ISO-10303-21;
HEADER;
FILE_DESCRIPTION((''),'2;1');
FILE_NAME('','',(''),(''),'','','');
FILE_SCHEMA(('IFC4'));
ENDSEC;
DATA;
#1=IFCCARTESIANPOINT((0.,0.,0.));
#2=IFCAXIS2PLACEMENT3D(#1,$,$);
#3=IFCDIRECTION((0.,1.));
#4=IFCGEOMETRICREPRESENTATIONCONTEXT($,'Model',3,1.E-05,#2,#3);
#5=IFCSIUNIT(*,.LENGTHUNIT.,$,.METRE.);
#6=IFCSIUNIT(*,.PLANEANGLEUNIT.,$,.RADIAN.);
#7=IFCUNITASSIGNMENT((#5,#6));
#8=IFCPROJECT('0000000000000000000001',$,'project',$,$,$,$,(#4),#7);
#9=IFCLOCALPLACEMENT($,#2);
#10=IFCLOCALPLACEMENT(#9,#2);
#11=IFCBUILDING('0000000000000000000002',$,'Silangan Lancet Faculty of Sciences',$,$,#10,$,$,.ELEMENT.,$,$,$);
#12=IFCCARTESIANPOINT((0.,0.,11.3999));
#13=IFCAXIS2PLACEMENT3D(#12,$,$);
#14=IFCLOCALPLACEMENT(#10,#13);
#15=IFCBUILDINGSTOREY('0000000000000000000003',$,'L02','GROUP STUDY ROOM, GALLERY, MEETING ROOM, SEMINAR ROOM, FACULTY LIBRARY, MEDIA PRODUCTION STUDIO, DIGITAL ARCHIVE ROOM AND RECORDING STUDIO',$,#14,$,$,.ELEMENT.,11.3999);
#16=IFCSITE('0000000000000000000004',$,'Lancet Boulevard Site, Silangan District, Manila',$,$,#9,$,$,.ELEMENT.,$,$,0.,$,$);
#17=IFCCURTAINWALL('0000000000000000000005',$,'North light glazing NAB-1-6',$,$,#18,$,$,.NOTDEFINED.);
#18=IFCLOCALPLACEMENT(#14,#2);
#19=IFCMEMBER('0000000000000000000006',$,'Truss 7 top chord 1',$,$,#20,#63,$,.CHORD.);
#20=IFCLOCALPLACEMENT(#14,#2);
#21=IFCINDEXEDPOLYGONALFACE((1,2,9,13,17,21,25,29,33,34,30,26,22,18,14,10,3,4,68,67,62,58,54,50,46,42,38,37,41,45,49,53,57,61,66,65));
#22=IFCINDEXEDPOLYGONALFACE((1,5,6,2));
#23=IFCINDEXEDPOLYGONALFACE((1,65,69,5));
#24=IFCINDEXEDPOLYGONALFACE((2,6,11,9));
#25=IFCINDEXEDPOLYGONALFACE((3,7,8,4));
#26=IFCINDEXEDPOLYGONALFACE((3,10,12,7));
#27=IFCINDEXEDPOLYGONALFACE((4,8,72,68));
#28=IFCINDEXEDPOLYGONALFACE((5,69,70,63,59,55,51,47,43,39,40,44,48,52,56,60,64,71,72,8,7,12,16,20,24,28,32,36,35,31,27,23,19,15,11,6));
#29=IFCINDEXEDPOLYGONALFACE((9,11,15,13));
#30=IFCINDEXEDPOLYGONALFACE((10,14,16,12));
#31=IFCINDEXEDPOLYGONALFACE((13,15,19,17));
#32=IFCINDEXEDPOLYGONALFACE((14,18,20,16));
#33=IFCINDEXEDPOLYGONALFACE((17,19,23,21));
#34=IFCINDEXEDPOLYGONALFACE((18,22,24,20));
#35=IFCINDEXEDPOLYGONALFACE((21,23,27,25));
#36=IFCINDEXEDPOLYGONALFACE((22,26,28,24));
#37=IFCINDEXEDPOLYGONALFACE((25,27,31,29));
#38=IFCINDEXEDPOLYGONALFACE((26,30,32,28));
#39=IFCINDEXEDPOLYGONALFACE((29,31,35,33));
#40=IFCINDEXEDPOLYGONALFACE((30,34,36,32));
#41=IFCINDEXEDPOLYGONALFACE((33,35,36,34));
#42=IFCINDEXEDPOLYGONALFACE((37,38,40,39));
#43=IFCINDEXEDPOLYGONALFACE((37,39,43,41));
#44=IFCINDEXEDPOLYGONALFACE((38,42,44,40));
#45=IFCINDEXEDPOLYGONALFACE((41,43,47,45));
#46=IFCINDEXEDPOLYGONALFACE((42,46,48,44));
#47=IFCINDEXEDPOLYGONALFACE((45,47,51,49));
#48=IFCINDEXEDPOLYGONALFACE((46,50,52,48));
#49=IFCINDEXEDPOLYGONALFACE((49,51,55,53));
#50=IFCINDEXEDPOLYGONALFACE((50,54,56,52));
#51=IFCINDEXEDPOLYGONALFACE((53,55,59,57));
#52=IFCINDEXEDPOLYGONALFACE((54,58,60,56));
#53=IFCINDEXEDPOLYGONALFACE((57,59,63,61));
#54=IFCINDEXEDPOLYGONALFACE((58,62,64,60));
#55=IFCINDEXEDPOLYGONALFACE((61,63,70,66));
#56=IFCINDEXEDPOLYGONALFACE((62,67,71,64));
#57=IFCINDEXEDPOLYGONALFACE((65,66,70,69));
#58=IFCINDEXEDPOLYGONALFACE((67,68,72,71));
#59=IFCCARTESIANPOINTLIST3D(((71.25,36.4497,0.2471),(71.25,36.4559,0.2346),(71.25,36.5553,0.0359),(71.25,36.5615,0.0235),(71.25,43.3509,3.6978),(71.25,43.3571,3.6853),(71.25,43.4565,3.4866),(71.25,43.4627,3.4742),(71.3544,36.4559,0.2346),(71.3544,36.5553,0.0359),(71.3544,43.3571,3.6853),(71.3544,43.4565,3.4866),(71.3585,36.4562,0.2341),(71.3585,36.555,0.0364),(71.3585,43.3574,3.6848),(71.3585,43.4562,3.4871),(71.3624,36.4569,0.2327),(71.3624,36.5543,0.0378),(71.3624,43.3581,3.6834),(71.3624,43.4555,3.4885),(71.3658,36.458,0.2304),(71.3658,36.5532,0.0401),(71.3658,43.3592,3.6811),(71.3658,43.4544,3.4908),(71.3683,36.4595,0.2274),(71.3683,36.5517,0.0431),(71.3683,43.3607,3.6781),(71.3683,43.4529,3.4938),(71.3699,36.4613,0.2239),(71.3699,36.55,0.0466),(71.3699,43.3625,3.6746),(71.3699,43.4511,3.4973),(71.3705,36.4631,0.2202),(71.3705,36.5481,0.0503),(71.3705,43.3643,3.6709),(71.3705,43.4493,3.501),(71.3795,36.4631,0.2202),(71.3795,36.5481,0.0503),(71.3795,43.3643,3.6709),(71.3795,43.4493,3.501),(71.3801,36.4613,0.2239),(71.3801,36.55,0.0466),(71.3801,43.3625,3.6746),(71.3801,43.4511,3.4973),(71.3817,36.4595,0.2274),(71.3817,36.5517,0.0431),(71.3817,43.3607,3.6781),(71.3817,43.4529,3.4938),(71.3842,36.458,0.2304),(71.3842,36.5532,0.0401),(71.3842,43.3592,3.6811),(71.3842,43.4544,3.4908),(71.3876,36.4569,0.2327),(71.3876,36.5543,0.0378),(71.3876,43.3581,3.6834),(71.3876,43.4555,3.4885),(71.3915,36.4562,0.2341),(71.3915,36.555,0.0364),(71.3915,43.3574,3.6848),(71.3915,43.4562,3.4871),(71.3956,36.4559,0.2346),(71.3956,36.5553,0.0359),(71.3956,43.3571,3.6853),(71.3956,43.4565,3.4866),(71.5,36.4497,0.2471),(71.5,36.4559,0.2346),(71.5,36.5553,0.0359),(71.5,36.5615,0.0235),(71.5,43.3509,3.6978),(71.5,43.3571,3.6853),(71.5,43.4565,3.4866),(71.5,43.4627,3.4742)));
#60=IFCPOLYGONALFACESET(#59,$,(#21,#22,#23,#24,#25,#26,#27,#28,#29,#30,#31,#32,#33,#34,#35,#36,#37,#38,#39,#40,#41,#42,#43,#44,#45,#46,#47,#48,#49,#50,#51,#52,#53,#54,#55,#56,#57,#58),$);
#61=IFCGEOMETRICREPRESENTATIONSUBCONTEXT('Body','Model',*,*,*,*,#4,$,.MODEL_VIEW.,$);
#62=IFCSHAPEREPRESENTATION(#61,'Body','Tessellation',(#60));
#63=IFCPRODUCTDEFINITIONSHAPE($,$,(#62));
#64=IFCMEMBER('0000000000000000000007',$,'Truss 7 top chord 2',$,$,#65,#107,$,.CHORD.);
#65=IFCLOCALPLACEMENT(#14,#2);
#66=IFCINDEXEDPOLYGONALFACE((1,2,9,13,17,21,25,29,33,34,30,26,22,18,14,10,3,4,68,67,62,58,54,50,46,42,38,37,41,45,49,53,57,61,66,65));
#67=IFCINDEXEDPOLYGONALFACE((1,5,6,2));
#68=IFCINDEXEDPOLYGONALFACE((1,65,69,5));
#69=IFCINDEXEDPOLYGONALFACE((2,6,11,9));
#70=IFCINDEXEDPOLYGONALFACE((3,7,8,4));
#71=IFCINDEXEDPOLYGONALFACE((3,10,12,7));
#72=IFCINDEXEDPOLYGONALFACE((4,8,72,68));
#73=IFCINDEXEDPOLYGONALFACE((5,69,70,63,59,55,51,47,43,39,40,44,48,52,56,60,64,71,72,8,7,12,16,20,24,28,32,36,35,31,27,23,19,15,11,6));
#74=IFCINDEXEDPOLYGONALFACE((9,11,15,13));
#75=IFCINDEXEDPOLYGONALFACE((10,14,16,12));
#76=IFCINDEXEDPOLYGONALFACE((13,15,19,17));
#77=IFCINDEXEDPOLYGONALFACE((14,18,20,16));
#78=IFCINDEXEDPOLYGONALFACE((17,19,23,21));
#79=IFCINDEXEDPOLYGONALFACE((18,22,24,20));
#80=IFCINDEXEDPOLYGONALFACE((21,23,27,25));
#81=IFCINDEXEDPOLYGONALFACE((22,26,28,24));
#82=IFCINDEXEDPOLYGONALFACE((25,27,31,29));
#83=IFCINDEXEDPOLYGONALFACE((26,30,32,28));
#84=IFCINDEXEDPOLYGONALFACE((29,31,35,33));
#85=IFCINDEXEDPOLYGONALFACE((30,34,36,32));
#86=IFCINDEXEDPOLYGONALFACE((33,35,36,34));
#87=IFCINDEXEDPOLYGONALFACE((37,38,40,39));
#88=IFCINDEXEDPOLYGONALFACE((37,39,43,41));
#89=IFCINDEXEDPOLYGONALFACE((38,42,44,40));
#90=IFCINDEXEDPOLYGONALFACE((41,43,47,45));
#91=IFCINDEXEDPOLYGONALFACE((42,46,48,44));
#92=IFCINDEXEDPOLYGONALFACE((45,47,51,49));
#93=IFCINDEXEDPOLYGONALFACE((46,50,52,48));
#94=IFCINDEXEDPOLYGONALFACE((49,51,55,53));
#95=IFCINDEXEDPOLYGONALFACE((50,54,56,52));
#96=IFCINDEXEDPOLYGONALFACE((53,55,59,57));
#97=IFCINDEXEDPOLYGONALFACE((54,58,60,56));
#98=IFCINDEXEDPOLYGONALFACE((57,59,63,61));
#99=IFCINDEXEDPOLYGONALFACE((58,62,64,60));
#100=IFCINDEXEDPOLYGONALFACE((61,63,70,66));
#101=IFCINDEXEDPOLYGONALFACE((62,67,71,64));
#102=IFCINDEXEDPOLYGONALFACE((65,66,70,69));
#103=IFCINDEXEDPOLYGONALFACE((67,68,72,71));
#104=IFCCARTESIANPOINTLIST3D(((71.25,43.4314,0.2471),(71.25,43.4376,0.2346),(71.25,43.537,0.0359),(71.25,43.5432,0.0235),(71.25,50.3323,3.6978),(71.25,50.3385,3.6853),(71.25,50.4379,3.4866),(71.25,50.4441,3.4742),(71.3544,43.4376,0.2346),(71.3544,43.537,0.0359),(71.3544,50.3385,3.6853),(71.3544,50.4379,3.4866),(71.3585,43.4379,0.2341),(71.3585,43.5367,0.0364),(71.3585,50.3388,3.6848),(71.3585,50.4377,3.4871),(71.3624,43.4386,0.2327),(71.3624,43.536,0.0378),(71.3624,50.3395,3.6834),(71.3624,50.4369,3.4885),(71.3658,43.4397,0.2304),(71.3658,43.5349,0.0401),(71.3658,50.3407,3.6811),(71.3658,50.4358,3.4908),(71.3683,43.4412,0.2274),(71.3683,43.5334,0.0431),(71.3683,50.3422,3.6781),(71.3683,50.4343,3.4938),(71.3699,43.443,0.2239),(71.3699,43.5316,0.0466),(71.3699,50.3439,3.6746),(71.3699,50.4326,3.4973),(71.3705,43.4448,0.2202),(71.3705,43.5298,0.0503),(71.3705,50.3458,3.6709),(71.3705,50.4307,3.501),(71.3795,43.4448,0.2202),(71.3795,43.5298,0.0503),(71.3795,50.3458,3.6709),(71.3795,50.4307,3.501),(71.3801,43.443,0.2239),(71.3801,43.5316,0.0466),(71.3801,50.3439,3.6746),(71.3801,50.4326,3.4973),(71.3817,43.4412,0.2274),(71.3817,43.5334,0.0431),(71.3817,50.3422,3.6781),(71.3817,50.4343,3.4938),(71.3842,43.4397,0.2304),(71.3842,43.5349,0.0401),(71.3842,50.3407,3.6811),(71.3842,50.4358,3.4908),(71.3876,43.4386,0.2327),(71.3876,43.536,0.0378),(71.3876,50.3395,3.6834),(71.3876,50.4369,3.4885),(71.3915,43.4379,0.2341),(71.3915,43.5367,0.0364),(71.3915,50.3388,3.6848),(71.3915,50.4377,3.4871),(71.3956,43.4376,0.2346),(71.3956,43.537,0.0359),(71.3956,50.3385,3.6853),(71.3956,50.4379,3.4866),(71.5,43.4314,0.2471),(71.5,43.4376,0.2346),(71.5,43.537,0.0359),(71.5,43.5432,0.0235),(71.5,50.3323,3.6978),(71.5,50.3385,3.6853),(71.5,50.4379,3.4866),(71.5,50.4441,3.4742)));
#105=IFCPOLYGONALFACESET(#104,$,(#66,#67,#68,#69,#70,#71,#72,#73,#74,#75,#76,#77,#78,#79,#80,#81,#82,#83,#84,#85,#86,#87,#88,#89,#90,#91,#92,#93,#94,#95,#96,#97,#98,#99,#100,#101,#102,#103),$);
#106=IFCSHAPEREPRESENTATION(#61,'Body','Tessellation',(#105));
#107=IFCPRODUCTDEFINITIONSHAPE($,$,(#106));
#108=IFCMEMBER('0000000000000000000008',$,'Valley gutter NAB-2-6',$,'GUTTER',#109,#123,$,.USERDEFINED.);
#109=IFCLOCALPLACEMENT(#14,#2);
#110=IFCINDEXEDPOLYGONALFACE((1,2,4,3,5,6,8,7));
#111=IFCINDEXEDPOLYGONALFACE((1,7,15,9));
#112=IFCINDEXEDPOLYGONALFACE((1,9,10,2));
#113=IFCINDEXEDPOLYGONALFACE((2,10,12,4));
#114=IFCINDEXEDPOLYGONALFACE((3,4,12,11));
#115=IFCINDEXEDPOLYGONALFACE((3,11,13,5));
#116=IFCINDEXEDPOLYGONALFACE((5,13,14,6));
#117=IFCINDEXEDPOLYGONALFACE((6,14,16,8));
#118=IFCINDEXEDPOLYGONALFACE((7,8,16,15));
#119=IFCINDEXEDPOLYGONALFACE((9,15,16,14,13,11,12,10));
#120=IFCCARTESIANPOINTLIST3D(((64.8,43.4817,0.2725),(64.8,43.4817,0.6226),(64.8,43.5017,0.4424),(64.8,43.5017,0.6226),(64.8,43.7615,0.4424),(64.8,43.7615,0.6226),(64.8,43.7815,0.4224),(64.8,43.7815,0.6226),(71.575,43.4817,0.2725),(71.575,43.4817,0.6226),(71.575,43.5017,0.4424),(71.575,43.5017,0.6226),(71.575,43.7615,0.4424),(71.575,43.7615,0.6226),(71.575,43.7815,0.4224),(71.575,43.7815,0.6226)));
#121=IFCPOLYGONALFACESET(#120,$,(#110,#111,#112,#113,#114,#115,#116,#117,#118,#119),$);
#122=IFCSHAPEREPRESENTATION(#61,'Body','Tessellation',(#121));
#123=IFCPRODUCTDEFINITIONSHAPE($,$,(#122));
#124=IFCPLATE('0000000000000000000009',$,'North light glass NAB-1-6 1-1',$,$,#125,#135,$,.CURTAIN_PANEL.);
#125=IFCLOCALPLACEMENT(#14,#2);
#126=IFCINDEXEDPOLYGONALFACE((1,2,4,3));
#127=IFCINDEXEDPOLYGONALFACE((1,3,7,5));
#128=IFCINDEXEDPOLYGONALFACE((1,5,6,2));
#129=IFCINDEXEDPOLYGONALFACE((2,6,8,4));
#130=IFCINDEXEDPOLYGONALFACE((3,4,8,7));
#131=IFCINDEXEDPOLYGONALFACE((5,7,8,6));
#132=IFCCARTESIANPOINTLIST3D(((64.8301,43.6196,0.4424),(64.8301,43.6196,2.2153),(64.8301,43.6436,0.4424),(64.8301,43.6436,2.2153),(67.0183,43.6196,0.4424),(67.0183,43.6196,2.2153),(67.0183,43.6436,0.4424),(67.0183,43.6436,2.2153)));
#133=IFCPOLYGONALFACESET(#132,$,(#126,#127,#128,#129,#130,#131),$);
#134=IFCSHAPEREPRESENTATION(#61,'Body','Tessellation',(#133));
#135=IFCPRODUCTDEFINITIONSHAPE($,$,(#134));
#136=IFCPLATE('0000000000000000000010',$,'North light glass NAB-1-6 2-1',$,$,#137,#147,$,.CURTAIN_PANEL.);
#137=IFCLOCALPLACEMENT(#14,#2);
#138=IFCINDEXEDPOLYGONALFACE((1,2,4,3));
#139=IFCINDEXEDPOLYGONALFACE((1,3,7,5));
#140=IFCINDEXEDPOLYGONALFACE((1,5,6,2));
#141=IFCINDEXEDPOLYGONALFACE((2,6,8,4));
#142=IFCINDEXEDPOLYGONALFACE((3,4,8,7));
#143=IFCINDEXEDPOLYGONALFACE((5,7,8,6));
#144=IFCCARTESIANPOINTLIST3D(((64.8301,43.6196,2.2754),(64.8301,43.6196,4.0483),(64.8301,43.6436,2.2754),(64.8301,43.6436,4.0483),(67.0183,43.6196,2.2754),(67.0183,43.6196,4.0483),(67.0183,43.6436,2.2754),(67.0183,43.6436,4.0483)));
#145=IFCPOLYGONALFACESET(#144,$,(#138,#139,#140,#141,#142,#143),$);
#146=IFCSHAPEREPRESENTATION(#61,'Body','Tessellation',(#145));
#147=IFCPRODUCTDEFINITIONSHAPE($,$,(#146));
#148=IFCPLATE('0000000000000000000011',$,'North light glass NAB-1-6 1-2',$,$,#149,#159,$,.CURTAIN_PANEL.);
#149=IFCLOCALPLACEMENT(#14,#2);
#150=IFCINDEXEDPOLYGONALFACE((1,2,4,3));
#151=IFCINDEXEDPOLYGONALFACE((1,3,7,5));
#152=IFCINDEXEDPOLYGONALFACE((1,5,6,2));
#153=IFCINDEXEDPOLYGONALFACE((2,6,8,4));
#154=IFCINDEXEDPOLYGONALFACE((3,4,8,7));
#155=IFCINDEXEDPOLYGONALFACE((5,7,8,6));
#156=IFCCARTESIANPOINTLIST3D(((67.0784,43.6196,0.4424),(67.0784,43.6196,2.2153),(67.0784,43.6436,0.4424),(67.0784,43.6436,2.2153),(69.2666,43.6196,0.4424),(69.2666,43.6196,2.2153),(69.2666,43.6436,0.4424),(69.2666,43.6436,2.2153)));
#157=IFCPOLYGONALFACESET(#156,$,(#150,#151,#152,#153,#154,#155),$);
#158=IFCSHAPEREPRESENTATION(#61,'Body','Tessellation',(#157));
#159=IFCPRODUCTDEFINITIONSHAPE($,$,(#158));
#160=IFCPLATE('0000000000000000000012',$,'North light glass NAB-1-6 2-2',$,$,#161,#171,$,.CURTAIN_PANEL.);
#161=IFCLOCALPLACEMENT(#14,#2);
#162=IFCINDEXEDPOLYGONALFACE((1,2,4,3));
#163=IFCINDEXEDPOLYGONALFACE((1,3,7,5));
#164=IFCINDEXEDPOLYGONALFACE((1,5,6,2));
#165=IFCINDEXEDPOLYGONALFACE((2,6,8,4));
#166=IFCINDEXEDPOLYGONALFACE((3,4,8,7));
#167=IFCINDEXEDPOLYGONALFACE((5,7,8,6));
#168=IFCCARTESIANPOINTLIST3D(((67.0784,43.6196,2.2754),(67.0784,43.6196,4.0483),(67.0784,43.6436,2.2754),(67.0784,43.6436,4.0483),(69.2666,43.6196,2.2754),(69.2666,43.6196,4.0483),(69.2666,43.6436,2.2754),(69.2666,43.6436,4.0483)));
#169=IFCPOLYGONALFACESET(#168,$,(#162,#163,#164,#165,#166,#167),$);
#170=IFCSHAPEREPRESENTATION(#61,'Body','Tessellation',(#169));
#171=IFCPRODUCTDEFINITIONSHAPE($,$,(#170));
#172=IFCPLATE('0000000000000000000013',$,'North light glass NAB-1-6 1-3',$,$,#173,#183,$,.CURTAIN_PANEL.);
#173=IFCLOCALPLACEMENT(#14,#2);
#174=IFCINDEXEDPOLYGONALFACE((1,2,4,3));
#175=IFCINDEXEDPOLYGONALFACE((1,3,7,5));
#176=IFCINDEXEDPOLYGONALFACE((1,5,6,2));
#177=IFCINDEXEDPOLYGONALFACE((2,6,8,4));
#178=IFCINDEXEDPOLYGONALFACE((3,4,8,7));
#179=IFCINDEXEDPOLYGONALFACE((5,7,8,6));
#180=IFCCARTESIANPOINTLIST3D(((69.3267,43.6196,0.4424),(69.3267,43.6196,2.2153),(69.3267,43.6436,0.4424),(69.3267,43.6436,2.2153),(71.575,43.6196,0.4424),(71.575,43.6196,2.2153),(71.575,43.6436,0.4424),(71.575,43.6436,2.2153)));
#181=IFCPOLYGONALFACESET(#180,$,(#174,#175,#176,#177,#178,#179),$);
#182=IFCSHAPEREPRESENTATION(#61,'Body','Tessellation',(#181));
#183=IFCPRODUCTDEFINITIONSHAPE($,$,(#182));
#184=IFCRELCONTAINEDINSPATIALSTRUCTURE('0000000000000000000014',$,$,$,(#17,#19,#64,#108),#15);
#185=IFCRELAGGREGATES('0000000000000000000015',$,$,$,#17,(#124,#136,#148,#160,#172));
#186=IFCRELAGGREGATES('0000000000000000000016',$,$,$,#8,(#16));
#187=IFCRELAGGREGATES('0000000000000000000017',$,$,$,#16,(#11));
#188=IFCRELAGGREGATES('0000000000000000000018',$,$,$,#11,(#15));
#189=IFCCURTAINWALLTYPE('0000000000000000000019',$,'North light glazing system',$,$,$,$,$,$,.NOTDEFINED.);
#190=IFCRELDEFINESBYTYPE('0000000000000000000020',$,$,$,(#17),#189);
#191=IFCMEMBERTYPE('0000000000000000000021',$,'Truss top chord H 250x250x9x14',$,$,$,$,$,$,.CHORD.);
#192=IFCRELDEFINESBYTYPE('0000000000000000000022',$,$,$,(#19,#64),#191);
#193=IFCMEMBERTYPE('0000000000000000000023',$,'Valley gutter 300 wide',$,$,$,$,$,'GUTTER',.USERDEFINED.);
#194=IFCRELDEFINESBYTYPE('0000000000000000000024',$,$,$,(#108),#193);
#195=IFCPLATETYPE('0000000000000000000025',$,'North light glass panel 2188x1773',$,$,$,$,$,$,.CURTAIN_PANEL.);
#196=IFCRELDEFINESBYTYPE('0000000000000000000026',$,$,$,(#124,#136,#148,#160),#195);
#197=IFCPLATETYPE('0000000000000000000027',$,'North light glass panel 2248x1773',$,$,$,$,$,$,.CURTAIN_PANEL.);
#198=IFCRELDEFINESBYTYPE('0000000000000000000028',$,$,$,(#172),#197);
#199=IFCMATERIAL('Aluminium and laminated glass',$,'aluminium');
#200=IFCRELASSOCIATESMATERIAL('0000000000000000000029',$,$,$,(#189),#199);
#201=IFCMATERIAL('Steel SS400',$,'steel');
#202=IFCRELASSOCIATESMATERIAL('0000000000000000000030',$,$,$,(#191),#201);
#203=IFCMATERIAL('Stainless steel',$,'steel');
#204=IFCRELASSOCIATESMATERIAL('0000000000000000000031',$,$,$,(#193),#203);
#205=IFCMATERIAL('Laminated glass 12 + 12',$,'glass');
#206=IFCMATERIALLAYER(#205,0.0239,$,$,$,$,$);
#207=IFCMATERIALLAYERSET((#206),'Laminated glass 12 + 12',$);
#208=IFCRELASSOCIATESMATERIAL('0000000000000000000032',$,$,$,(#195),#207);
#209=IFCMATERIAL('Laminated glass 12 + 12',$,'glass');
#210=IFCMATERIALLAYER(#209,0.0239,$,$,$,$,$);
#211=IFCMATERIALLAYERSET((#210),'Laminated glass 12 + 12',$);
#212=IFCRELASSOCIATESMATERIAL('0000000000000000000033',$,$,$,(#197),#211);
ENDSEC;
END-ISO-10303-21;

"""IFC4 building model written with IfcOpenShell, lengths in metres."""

from ifc_helpers import new_model, si_unit, direction, frame, origin, origin_2d, place, context, subcontext, project, spatial, polyline, i_section, outline, extrude, material, layer, layer_set, material_profile, profile_set, type_object, element, aggregate, save


model = new_model("IFC4")

# Units and contexts
model_context = context("Model", 3, precision=1e-05, world=origin(), true_north=direction((0.0, 1.0)))
body_context = subcontext(model_context, "Body", "Model", "MODEL_VIEW")
ifc_project = project(units=[si_unit("LENGTHUNIT", "METRE"), si_unit("PLANEANGLEUNIT", "RADIAN")], contexts=[model_context])

# Site, building, storey
site_placement = place(None, origin())
site = spatial("IfcSite", under=ifc_project, at=site_placement, Name="Lancet Boulevard Site, Silangan District, Manila", CompositionType="ELEMENT", RefElevation=0.0)
building_placement = place(site_placement, origin())
building = spatial("IfcBuilding", under=site, at=building_placement, Name="Silangan Lancet Faculty of Sciences", CompositionType="ELEMENT")
storey_placement = place(building_placement, frame((0.0, 0.0, 11.3999)))
storey = spatial("IfcBuildingStorey", under=building, at=storey_placement, Name="L02", Description="GROUP STUDY ROOM, GALLERY, MEETING ROOM, SEMINAR ROOM, FACULTY LIBRARY, MEDIA PRODUCTION STUDIO, DIGITAL ARCHIVE ROOM AND RECORDING STUDIO", CompositionType="ELEMENT", Elevation=11.3999)

# Curtain wall
ifc_material_1 = material(Name="Aluminium and laminated glass", Category="aluminium")
curtain_wall_type = type_object("IfcCurtainWallType", Name="North light glazing system", PredefinedType="NOTDEFINED", material=ifc_material_1)
curtain_wall_placement = place(storey_placement, origin())
curtain_wall = element("IfcCurtainWall", 1, at=curtain_wall_placement, inside=storey, type_object=curtain_wall_type, Name="North light glazing NAB-1-6", PredefinedType="NOTDEFINED")

# Members
ifc_material_2 = material(Name="Steel SS400", Category="steel")
ifc_material_profile_1 = material_profile(ifc_material_2, i_section(OverallWidth=0.25, OverallDepth=0.25, WebThickness=0.009, FlangeThickness=0.0139, FilletRadius=0.0161, at=origin_2d()), Name="H 250x250x9x14")
ifc_profile_set_1 = profile_set([ifc_material_profile_1], Name="Steel SS400")
member_type_1 = type_object("IfcMemberType", Name="Truss top chord H 250x250x9x14", PredefinedType="CHORD", material=ifc_profile_set_1)
member_1_placement = place(storey_placement, frame((71.375, 36.5056, 0.1353), z_axis=(0.0, 0.894421, 0.447226), x_axis=(-1.0, 0.0, 0.0)))
element("IfcMember", 2, at=member_1_placement, inside=storey, type_object=member_type_1, Name="Truss 7 top chord 1", PredefinedType="CHORD", context=body_context, shape_type="SweptSolid", body=[
    extrude(i_section(OverallWidth=0.25, OverallDepth=0.25, WebThickness=0.009, FlangeThickness=0.0139, FilletRadius=0.0161, at=origin_2d()), origin(), (0.0, 0.0, 1.0), 7.7158),
])
member_2_placement = place(storey_placement, frame((71.375, 43.4873, 0.1353), z_axis=(0.0, 0.894415, 0.447239), x_axis=(-1.0, 0.0, 0.0)))
element("IfcMember", 3, at=member_2_placement, inside=storey, type_object=member_type_1, Name="Truss 7 top chord 2", PredefinedType="CHORD", context=body_context, shape_type="SweptSolid", body=[
    extrude(i_section(OverallWidth=0.25, OverallDepth=0.25, WebThickness=0.009, FlangeThickness=0.0139, FilletRadius=0.0161, at=origin_2d()), origin(), (0.0, 0.0, 1.0), 7.7156),
])
ifc_material_3 = material(Name="Stainless steel", Category="steel")
ifc_material_profile_2 = material_profile(ifc_material_3, outline(polyline([(-0.1499, 0.0), (0.1499, 0.1499), (0.1499, 0.3501), (0.1299, 0.3501), (0.1299, 0.1699), (-0.1299, 0.1699), (-0.1299, 0.3501), (-0.1499, 0.3501), (-0.1499, 0.0)])), Name="valley gutter")
ifc_profile_set_2 = profile_set([ifc_material_profile_2], Name="Stainless steel")
member_type_2 = type_object("IfcMemberType", Name="Valley gutter 300 wide", ElementType="GUTTER", PredefinedType="USERDEFINED", material=ifc_profile_set_2)
member_3_placement = place(storey_placement, frame((64.8, 43.6316, 0.2725), z_axis=(1.0, 0.0, 0.0), x_axis=(0.0, 1.0, 0.0)))
element("IfcMember", 4, at=member_3_placement, inside=storey, type_object=member_type_2, Name="Valley gutter NAB-2-6", ObjectType="GUTTER", PredefinedType="USERDEFINED", context=body_context, shape_type="SweptSolid", body=[
    extrude(outline(polyline([(-0.1499, 0.0), (0.1499, 0.1499), (0.1499, 0.3501), (0.1299, 0.3501), (0.1299, 0.1699), (-0.1299, 0.1699), (-0.1299, 0.3501), (-0.1499, 0.3501), (-0.1499, 0.0)])), origin(), (0.0, 0.0, 1.0), 6.7749),
])

# Plates
ifc_material_4 = material(Name="Laminated glass 12 + 12", Category="glass")
ifc_layer_1 = layer(ifc_material_4, 0.0239)
ifc_layer_set_1 = layer_set([ifc_layer_1], Name="Laminated glass 12 + 12")
plate_type_1 = type_object("IfcPlateType", Name="North light glass panel 2188x1773", PredefinedType="CURTAIN_PANEL", material=ifc_layer_set_1)
plate_1_placement = place(storey_placement, frame((64.8301, 43.6196, 0.4424), z_axis=(0.0, -1.0, 0.0), x_axis=(1.0, 0.0, 0.0)))
plate_1 = element("IfcPlate", 5, at=plate_1_placement, type_object=plate_type_1, Name="North light glass NAB-1-6 1-1", PredefinedType="CURTAIN_PANEL", context=body_context, shape_type="SweptSolid", body=[
    extrude(outline(polyline([(0.0, 0.0), (2.1882, 0.0), (2.1882, 1.7729), (0.0, 1.7729), (0.0, 0.0)])), origin(), (0.0, 0.0, -1.0), 0.0239),
])
plate_2_placement = place(storey_placement, frame((64.8301, 43.6196, 2.2754), z_axis=(0.0, -1.0, 0.0), x_axis=(1.0, 0.0, 0.0)))
plate_2 = element("IfcPlate", 6, at=plate_2_placement, type_object=plate_type_1, Name="North light glass NAB-1-6 2-1", PredefinedType="CURTAIN_PANEL", context=body_context, shape_type="SweptSolid", body=[
    extrude(outline(polyline([(0.0, 0.0), (2.1882, 0.0), (2.1882, 1.7729), (0.0, 1.7729), (0.0, 0.0)])), origin(), (0.0, 0.0, -1.0), 0.0239),
])
plate_3_placement = place(storey_placement, frame((67.0784, 43.6196, 0.4424), z_axis=(0.0, -1.0, 0.0), x_axis=(1.0, 0.0, 0.0)))
plate_3 = element("IfcPlate", 7, at=plate_3_placement, type_object=plate_type_1, Name="North light glass NAB-1-6 1-2", PredefinedType="CURTAIN_PANEL", context=body_context, shape_type="SweptSolid", body=[
    extrude(outline(polyline([(0.0, 0.0), (2.1882, 0.0), (2.1882, 1.7729), (0.0, 1.7729), (0.0, 0.0)])), origin(), (0.0, 0.0, -1.0), 0.0239),
])
plate_4_placement = place(storey_placement, frame((67.0784, 43.6196, 2.2754), z_axis=(0.0, -1.0, 0.0), x_axis=(1.0, 0.0, 0.0)))
plate_4 = element("IfcPlate", 8, at=plate_4_placement, type_object=plate_type_1, Name="North light glass NAB-1-6 2-2", PredefinedType="CURTAIN_PANEL", context=body_context, shape_type="SweptSolid", body=[
    extrude(outline(polyline([(0.0, 0.0), (2.1882, 0.0), (2.1882, 1.7729), (0.0, 1.7729), (0.0, 0.0)])), origin(), (0.0, 0.0, -1.0), 0.0239),
])
ifc_material_5 = material(Name="Laminated glass 12 + 12", Category="glass")
ifc_layer_2 = layer(ifc_material_5, 0.0239)
ifc_layer_set_2 = layer_set([ifc_layer_2], Name="Laminated glass 12 + 12")
plate_type_2 = type_object("IfcPlateType", Name="North light glass panel 2248x1773", PredefinedType="CURTAIN_PANEL", material=ifc_layer_set_2)
plate_5_placement = place(storey_placement, frame((69.3267, 43.6196, 0.4424), z_axis=(0.0, -1.0, 0.0), x_axis=(1.0, 0.0, 0.0)))
plate_5 = element("IfcPlate", 9, at=plate_5_placement, type_object=plate_type_2, Name="North light glass NAB-1-6 1-3", PredefinedType="CURTAIN_PANEL", context=body_context, shape_type="SweptSolid", body=[
    extrude(outline(polyline([(0.0, 0.0), (2.2483, 0.0), (2.2483, 1.7729), (0.0, 1.7729), (0.0, 0.0)])), origin(), (0.0, 0.0, -1.0), 0.0239),
])
aggregate(curtain_wall, [plate_1, plate_2, plate_3, plate_4, plate_5])

save(model, "model.ifc")
